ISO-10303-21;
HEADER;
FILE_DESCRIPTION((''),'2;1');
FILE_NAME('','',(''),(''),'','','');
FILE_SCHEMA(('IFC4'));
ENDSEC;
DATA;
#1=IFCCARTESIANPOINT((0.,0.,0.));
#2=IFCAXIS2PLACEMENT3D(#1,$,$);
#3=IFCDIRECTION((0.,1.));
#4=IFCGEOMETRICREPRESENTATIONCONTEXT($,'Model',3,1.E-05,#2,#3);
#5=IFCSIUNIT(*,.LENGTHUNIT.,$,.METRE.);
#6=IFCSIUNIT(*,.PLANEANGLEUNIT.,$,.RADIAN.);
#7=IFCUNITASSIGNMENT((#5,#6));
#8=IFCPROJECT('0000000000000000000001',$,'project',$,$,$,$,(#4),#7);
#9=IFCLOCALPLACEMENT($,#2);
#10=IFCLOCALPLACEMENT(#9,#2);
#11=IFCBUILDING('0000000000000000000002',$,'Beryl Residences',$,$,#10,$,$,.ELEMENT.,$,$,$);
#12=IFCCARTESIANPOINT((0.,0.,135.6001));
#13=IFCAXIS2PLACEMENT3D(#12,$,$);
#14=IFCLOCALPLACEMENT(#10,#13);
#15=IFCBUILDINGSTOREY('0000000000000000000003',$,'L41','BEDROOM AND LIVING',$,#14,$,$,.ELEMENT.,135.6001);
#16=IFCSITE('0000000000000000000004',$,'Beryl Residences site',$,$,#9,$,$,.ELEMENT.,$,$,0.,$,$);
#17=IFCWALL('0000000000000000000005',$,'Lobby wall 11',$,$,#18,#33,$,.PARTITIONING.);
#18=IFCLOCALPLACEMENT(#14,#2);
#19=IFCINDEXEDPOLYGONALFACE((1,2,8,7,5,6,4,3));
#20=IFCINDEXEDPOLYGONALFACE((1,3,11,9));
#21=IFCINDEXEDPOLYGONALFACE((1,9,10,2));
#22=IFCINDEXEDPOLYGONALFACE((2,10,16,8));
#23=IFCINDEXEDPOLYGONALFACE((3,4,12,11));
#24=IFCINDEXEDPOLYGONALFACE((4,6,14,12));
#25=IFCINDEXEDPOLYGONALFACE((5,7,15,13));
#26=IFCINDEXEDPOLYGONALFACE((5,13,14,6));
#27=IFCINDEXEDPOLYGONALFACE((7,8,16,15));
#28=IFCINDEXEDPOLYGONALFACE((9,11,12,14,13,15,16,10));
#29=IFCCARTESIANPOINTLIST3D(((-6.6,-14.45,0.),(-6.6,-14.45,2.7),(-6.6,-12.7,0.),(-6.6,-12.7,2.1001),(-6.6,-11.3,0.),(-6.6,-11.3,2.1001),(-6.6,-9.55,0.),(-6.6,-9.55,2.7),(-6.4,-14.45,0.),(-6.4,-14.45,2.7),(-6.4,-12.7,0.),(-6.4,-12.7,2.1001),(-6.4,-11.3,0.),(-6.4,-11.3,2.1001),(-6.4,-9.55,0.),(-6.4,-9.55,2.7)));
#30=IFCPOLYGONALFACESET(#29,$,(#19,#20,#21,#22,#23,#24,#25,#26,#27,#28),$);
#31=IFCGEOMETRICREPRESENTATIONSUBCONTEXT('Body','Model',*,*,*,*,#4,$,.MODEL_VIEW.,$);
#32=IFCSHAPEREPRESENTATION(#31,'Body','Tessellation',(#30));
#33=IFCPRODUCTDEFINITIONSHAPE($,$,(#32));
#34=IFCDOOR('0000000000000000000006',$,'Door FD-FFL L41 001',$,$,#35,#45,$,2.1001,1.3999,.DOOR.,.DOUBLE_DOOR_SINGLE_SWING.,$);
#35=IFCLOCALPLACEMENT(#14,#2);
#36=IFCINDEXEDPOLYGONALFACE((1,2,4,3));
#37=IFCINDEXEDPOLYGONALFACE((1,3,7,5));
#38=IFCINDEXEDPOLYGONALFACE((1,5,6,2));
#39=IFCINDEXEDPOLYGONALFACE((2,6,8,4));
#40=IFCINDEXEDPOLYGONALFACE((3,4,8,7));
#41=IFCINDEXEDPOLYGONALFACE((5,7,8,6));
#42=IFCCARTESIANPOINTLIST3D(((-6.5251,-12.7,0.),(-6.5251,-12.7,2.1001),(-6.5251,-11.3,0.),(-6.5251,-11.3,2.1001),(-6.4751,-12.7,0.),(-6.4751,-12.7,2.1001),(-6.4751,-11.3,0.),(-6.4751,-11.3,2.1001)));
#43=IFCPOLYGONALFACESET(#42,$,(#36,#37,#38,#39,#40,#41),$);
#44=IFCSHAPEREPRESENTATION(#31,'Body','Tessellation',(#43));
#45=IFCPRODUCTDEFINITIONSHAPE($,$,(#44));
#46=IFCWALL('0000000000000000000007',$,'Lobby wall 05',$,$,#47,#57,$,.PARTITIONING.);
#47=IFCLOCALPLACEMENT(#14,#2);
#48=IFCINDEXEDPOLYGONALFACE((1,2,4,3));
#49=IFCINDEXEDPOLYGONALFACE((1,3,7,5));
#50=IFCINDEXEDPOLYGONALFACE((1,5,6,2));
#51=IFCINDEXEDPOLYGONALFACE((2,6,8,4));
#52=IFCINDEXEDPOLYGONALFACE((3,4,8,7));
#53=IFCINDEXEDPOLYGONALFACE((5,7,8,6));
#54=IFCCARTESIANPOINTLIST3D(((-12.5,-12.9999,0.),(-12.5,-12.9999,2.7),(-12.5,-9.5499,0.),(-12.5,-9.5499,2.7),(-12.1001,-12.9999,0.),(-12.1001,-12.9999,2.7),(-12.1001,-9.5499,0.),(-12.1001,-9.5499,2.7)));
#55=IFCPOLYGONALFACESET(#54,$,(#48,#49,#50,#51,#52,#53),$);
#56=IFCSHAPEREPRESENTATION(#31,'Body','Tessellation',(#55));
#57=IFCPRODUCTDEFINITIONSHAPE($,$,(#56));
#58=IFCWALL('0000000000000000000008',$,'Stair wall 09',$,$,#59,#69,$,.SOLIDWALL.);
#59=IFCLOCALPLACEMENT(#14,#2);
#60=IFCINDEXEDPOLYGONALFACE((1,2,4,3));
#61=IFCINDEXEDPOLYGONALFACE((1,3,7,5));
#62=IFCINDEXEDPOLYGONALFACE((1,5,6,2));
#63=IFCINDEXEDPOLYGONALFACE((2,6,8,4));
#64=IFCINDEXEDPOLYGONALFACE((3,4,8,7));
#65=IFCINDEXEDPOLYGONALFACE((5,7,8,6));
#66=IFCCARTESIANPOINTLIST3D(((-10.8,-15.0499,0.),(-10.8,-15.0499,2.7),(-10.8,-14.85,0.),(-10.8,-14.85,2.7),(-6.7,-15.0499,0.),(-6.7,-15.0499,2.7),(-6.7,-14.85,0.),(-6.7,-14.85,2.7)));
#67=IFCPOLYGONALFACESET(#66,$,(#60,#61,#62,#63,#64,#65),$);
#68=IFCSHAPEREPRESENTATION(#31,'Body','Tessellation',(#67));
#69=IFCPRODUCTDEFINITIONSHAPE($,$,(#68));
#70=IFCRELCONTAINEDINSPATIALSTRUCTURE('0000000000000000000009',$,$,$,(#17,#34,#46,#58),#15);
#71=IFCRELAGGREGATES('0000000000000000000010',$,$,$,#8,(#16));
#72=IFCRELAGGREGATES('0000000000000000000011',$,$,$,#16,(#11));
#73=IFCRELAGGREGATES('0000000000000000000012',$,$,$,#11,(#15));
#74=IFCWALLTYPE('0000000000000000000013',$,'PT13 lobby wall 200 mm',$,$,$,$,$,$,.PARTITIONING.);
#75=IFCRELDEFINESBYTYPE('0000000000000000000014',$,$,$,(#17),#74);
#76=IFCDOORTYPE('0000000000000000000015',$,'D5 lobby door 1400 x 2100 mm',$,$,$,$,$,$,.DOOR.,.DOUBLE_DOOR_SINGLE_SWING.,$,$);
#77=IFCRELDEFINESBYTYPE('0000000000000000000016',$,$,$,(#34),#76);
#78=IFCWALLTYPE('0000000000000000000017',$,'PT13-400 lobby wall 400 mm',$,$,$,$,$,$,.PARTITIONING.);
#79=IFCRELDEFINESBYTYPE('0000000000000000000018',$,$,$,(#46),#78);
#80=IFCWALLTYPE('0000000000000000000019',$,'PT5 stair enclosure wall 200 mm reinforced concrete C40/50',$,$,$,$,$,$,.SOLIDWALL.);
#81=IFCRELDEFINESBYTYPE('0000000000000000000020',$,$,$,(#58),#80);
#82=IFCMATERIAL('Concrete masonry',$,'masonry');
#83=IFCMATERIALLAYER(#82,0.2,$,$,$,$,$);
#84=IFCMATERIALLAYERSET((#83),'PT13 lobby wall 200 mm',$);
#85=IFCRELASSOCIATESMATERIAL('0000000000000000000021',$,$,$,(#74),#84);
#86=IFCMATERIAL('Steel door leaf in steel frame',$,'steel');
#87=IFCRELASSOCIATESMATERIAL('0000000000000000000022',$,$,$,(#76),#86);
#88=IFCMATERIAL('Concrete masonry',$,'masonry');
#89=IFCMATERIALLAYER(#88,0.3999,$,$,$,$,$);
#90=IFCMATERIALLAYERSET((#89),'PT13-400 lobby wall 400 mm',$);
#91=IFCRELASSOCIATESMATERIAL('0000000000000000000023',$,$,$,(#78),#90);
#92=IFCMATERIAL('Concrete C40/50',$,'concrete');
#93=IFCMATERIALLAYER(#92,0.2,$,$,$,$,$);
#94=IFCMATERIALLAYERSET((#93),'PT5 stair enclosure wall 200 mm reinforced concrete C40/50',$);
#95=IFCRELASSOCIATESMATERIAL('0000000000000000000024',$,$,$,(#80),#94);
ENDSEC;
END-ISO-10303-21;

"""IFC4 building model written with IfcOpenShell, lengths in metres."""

from ifc_helpers import new_model, si_unit, direction, frame, frame_2d, origin, place, context, subcontext, project, spatial, rectangle, extrude, material, layer, layer_set, type_object, element, fill, save


model = new_model("IFC4")

# Units and contexts
model_context = context("Model", 3, precision=1e-05, world=origin(), true_north=direction((0.0, 1.0)))
body_context = subcontext(model_context, "Body", "Model", "MODEL_VIEW")
ifc_project = project(units=[si_unit("LENGTHUNIT", "METRE"), si_unit("PLANEANGLEUNIT", "RADIAN")], contexts=[model_context])

# Site, building, storey
site_placement = place(None, origin())
site = spatial("IfcSite", under=ifc_project, at=site_placement, Name="Beryl Residences site", CompositionType="ELEMENT", RefElevation=0.0)
building_placement = place(site_placement, origin())
building = spatial("IfcBuilding", under=site, at=building_placement, Name="Beryl Residences", CompositionType="ELEMENT")
storey_placement = place(building_placement, frame((0.0, 0.0, 135.6001)))
storey = spatial("IfcBuildingStorey", under=building, at=storey_placement, Name="L41", Description="BEDROOM AND LIVING", CompositionType="ELEMENT", Elevation=135.6001)

# Wall, opening, door
ifc_material_1 = material(Name="Concrete masonry", Category="masonry")
ifc_layer_1 = layer(ifc_material_1, 0.2)
ifc_layer_set_1 = layer_set([ifc_layer_1], Name="PT13 lobby wall 200 mm")
wall_type_1 = type_object("IfcWallType", Name="PT13 lobby wall 200 mm", PredefinedType="PARTITIONING", material=ifc_layer_set_1)
wall_1_placement = place(storey_placement, frame((-6.5, -14.45, 0.0), z_axis=(0.0, 0.0, 1.0), x_axis=(0.0, 1.0, 0.0)))
wall_1 = element("IfcWall", 1, at=wall_1_placement, inside=storey, type_object=wall_type_1, Name="Lobby wall 11", PredefinedType="PARTITIONING", context=body_context, shape_type="SweptSolid", body=[
    extrude(rectangle(XDim=4.8999, YDim=0.2, at=frame_2d((2.45, 0.0))), origin(), (0.0, 0.0, 1.0), 2.7),
])
opening_placement = place(wall_1_placement, frame((3.1499, 0.0, 0.0), z_axis=(0.0, 0.0, 1.0), x_axis=(-1.0, 0.0, 0.0)))
opening = element("IfcOpeningElement", 2, at=opening_placement, cuts=wall_1, PredefinedType="OPENING", context=body_context, shape_type="SweptSolid", body=[
    extrude(rectangle(XDim=1.3999, YDim=2.1001, at=frame_2d((0.7, 1.05))), frame((0.0, 0.1099, 0.0), z_axis=(0.0, -1.0, 0.0), x_axis=(1.0, 0.0, 0.0)), (0.0, 0.0, 1.0), 0.22),
])
ifc_material_2 = material(Name="Steel door leaf in steel frame", Category="steel")
door_type = type_object("IfcDoorType", Name="D5 lobby door 1400 x 2100 mm", OperationType="DOUBLE_DOOR_SINGLE_SWING", PredefinedType="DOOR", material=ifc_material_2)
door_placement = place(opening_placement, origin())
door = element("IfcDoor", 3, at=door_placement, inside=storey, type_object=door_type, Name="Door FD-FFL L41 001", OperationType="DOUBLE_DOOR_SINGLE_SWING", OverallHeight=2.1001, OverallWidth=1.3999, PredefinedType="DOOR", context=body_context, shape_type="SweptSolid", body=[
    extrude(rectangle(XDim=1.3999, YDim=2.1001, at=frame_2d((0.7, 1.05))), frame((0.0, 0.0249, 0.0), z_axis=(0.0, -1.0, 0.0), x_axis=(1.0, 0.0, 0.0)), (0.0, 0.0, 1.0), 0.05),
])
fill(opening, door)

# Walls
ifc_material_3 = material(Name="Concrete masonry", Category="masonry")
ifc_layer_2 = layer(ifc_material_3, 0.3999)
ifc_layer_set_2 = layer_set([ifc_layer_2], Name="PT13-400 lobby wall 400 mm")
wall_type_2 = type_object("IfcWallType", Name="PT13-400 lobby wall 400 mm", PredefinedType="PARTITIONING", material=ifc_layer_set_2)
wall_2_placement = place(storey_placement, frame((-12.3, -13.0, 0.0), z_axis=(0.0, 0.0, 1.0), x_axis=(0.0, 1.0, 0.0)))
element("IfcWall", 4, at=wall_2_placement, inside=storey, type_object=wall_type_2, Name="Lobby wall 05", PredefinedType="PARTITIONING", context=body_context, shape_type="SweptSolid", body=[
    extrude(rectangle(XDim=3.45, YDim=0.3999, at=frame_2d((1.7251, 0.0))), origin(), (0.0, 0.0, 1.0), 2.7),
])
ifc_material_4 = material(Name="Concrete C40/50", Category="concrete")
ifc_layer_3 = layer(ifc_material_4, 0.2)
ifc_layer_set_3 = layer_set([ifc_layer_3], Name="PT5 stair enclosure wall 200 mm reinforced concrete C40/50")
wall_type_3 = type_object("IfcWallType", Name="PT5 stair enclosure wall 200 mm reinforced concrete C40/50", PredefinedType="SOLIDWALL", material=ifc_layer_set_3)
wall_3_placement = place(storey_placement, frame((-10.8, -14.95, 0.0), z_axis=(0.0, 0.0, 1.0), x_axis=(1.0, 0.0, 0.0)))
element("IfcWall", 5, at=wall_3_placement, inside=storey, type_object=wall_type_3, Name="Stair wall 09", PredefinedType="SOLIDWALL", context=body_context, shape_type="SweptSolid", body=[
    extrude(rectangle(XDim=4.1001, YDim=0.2, at=frame_2d((2.05, 0.0))), origin(), (0.0, 0.0, 1.0), 2.7),
])

save(model, "model.ifc")
